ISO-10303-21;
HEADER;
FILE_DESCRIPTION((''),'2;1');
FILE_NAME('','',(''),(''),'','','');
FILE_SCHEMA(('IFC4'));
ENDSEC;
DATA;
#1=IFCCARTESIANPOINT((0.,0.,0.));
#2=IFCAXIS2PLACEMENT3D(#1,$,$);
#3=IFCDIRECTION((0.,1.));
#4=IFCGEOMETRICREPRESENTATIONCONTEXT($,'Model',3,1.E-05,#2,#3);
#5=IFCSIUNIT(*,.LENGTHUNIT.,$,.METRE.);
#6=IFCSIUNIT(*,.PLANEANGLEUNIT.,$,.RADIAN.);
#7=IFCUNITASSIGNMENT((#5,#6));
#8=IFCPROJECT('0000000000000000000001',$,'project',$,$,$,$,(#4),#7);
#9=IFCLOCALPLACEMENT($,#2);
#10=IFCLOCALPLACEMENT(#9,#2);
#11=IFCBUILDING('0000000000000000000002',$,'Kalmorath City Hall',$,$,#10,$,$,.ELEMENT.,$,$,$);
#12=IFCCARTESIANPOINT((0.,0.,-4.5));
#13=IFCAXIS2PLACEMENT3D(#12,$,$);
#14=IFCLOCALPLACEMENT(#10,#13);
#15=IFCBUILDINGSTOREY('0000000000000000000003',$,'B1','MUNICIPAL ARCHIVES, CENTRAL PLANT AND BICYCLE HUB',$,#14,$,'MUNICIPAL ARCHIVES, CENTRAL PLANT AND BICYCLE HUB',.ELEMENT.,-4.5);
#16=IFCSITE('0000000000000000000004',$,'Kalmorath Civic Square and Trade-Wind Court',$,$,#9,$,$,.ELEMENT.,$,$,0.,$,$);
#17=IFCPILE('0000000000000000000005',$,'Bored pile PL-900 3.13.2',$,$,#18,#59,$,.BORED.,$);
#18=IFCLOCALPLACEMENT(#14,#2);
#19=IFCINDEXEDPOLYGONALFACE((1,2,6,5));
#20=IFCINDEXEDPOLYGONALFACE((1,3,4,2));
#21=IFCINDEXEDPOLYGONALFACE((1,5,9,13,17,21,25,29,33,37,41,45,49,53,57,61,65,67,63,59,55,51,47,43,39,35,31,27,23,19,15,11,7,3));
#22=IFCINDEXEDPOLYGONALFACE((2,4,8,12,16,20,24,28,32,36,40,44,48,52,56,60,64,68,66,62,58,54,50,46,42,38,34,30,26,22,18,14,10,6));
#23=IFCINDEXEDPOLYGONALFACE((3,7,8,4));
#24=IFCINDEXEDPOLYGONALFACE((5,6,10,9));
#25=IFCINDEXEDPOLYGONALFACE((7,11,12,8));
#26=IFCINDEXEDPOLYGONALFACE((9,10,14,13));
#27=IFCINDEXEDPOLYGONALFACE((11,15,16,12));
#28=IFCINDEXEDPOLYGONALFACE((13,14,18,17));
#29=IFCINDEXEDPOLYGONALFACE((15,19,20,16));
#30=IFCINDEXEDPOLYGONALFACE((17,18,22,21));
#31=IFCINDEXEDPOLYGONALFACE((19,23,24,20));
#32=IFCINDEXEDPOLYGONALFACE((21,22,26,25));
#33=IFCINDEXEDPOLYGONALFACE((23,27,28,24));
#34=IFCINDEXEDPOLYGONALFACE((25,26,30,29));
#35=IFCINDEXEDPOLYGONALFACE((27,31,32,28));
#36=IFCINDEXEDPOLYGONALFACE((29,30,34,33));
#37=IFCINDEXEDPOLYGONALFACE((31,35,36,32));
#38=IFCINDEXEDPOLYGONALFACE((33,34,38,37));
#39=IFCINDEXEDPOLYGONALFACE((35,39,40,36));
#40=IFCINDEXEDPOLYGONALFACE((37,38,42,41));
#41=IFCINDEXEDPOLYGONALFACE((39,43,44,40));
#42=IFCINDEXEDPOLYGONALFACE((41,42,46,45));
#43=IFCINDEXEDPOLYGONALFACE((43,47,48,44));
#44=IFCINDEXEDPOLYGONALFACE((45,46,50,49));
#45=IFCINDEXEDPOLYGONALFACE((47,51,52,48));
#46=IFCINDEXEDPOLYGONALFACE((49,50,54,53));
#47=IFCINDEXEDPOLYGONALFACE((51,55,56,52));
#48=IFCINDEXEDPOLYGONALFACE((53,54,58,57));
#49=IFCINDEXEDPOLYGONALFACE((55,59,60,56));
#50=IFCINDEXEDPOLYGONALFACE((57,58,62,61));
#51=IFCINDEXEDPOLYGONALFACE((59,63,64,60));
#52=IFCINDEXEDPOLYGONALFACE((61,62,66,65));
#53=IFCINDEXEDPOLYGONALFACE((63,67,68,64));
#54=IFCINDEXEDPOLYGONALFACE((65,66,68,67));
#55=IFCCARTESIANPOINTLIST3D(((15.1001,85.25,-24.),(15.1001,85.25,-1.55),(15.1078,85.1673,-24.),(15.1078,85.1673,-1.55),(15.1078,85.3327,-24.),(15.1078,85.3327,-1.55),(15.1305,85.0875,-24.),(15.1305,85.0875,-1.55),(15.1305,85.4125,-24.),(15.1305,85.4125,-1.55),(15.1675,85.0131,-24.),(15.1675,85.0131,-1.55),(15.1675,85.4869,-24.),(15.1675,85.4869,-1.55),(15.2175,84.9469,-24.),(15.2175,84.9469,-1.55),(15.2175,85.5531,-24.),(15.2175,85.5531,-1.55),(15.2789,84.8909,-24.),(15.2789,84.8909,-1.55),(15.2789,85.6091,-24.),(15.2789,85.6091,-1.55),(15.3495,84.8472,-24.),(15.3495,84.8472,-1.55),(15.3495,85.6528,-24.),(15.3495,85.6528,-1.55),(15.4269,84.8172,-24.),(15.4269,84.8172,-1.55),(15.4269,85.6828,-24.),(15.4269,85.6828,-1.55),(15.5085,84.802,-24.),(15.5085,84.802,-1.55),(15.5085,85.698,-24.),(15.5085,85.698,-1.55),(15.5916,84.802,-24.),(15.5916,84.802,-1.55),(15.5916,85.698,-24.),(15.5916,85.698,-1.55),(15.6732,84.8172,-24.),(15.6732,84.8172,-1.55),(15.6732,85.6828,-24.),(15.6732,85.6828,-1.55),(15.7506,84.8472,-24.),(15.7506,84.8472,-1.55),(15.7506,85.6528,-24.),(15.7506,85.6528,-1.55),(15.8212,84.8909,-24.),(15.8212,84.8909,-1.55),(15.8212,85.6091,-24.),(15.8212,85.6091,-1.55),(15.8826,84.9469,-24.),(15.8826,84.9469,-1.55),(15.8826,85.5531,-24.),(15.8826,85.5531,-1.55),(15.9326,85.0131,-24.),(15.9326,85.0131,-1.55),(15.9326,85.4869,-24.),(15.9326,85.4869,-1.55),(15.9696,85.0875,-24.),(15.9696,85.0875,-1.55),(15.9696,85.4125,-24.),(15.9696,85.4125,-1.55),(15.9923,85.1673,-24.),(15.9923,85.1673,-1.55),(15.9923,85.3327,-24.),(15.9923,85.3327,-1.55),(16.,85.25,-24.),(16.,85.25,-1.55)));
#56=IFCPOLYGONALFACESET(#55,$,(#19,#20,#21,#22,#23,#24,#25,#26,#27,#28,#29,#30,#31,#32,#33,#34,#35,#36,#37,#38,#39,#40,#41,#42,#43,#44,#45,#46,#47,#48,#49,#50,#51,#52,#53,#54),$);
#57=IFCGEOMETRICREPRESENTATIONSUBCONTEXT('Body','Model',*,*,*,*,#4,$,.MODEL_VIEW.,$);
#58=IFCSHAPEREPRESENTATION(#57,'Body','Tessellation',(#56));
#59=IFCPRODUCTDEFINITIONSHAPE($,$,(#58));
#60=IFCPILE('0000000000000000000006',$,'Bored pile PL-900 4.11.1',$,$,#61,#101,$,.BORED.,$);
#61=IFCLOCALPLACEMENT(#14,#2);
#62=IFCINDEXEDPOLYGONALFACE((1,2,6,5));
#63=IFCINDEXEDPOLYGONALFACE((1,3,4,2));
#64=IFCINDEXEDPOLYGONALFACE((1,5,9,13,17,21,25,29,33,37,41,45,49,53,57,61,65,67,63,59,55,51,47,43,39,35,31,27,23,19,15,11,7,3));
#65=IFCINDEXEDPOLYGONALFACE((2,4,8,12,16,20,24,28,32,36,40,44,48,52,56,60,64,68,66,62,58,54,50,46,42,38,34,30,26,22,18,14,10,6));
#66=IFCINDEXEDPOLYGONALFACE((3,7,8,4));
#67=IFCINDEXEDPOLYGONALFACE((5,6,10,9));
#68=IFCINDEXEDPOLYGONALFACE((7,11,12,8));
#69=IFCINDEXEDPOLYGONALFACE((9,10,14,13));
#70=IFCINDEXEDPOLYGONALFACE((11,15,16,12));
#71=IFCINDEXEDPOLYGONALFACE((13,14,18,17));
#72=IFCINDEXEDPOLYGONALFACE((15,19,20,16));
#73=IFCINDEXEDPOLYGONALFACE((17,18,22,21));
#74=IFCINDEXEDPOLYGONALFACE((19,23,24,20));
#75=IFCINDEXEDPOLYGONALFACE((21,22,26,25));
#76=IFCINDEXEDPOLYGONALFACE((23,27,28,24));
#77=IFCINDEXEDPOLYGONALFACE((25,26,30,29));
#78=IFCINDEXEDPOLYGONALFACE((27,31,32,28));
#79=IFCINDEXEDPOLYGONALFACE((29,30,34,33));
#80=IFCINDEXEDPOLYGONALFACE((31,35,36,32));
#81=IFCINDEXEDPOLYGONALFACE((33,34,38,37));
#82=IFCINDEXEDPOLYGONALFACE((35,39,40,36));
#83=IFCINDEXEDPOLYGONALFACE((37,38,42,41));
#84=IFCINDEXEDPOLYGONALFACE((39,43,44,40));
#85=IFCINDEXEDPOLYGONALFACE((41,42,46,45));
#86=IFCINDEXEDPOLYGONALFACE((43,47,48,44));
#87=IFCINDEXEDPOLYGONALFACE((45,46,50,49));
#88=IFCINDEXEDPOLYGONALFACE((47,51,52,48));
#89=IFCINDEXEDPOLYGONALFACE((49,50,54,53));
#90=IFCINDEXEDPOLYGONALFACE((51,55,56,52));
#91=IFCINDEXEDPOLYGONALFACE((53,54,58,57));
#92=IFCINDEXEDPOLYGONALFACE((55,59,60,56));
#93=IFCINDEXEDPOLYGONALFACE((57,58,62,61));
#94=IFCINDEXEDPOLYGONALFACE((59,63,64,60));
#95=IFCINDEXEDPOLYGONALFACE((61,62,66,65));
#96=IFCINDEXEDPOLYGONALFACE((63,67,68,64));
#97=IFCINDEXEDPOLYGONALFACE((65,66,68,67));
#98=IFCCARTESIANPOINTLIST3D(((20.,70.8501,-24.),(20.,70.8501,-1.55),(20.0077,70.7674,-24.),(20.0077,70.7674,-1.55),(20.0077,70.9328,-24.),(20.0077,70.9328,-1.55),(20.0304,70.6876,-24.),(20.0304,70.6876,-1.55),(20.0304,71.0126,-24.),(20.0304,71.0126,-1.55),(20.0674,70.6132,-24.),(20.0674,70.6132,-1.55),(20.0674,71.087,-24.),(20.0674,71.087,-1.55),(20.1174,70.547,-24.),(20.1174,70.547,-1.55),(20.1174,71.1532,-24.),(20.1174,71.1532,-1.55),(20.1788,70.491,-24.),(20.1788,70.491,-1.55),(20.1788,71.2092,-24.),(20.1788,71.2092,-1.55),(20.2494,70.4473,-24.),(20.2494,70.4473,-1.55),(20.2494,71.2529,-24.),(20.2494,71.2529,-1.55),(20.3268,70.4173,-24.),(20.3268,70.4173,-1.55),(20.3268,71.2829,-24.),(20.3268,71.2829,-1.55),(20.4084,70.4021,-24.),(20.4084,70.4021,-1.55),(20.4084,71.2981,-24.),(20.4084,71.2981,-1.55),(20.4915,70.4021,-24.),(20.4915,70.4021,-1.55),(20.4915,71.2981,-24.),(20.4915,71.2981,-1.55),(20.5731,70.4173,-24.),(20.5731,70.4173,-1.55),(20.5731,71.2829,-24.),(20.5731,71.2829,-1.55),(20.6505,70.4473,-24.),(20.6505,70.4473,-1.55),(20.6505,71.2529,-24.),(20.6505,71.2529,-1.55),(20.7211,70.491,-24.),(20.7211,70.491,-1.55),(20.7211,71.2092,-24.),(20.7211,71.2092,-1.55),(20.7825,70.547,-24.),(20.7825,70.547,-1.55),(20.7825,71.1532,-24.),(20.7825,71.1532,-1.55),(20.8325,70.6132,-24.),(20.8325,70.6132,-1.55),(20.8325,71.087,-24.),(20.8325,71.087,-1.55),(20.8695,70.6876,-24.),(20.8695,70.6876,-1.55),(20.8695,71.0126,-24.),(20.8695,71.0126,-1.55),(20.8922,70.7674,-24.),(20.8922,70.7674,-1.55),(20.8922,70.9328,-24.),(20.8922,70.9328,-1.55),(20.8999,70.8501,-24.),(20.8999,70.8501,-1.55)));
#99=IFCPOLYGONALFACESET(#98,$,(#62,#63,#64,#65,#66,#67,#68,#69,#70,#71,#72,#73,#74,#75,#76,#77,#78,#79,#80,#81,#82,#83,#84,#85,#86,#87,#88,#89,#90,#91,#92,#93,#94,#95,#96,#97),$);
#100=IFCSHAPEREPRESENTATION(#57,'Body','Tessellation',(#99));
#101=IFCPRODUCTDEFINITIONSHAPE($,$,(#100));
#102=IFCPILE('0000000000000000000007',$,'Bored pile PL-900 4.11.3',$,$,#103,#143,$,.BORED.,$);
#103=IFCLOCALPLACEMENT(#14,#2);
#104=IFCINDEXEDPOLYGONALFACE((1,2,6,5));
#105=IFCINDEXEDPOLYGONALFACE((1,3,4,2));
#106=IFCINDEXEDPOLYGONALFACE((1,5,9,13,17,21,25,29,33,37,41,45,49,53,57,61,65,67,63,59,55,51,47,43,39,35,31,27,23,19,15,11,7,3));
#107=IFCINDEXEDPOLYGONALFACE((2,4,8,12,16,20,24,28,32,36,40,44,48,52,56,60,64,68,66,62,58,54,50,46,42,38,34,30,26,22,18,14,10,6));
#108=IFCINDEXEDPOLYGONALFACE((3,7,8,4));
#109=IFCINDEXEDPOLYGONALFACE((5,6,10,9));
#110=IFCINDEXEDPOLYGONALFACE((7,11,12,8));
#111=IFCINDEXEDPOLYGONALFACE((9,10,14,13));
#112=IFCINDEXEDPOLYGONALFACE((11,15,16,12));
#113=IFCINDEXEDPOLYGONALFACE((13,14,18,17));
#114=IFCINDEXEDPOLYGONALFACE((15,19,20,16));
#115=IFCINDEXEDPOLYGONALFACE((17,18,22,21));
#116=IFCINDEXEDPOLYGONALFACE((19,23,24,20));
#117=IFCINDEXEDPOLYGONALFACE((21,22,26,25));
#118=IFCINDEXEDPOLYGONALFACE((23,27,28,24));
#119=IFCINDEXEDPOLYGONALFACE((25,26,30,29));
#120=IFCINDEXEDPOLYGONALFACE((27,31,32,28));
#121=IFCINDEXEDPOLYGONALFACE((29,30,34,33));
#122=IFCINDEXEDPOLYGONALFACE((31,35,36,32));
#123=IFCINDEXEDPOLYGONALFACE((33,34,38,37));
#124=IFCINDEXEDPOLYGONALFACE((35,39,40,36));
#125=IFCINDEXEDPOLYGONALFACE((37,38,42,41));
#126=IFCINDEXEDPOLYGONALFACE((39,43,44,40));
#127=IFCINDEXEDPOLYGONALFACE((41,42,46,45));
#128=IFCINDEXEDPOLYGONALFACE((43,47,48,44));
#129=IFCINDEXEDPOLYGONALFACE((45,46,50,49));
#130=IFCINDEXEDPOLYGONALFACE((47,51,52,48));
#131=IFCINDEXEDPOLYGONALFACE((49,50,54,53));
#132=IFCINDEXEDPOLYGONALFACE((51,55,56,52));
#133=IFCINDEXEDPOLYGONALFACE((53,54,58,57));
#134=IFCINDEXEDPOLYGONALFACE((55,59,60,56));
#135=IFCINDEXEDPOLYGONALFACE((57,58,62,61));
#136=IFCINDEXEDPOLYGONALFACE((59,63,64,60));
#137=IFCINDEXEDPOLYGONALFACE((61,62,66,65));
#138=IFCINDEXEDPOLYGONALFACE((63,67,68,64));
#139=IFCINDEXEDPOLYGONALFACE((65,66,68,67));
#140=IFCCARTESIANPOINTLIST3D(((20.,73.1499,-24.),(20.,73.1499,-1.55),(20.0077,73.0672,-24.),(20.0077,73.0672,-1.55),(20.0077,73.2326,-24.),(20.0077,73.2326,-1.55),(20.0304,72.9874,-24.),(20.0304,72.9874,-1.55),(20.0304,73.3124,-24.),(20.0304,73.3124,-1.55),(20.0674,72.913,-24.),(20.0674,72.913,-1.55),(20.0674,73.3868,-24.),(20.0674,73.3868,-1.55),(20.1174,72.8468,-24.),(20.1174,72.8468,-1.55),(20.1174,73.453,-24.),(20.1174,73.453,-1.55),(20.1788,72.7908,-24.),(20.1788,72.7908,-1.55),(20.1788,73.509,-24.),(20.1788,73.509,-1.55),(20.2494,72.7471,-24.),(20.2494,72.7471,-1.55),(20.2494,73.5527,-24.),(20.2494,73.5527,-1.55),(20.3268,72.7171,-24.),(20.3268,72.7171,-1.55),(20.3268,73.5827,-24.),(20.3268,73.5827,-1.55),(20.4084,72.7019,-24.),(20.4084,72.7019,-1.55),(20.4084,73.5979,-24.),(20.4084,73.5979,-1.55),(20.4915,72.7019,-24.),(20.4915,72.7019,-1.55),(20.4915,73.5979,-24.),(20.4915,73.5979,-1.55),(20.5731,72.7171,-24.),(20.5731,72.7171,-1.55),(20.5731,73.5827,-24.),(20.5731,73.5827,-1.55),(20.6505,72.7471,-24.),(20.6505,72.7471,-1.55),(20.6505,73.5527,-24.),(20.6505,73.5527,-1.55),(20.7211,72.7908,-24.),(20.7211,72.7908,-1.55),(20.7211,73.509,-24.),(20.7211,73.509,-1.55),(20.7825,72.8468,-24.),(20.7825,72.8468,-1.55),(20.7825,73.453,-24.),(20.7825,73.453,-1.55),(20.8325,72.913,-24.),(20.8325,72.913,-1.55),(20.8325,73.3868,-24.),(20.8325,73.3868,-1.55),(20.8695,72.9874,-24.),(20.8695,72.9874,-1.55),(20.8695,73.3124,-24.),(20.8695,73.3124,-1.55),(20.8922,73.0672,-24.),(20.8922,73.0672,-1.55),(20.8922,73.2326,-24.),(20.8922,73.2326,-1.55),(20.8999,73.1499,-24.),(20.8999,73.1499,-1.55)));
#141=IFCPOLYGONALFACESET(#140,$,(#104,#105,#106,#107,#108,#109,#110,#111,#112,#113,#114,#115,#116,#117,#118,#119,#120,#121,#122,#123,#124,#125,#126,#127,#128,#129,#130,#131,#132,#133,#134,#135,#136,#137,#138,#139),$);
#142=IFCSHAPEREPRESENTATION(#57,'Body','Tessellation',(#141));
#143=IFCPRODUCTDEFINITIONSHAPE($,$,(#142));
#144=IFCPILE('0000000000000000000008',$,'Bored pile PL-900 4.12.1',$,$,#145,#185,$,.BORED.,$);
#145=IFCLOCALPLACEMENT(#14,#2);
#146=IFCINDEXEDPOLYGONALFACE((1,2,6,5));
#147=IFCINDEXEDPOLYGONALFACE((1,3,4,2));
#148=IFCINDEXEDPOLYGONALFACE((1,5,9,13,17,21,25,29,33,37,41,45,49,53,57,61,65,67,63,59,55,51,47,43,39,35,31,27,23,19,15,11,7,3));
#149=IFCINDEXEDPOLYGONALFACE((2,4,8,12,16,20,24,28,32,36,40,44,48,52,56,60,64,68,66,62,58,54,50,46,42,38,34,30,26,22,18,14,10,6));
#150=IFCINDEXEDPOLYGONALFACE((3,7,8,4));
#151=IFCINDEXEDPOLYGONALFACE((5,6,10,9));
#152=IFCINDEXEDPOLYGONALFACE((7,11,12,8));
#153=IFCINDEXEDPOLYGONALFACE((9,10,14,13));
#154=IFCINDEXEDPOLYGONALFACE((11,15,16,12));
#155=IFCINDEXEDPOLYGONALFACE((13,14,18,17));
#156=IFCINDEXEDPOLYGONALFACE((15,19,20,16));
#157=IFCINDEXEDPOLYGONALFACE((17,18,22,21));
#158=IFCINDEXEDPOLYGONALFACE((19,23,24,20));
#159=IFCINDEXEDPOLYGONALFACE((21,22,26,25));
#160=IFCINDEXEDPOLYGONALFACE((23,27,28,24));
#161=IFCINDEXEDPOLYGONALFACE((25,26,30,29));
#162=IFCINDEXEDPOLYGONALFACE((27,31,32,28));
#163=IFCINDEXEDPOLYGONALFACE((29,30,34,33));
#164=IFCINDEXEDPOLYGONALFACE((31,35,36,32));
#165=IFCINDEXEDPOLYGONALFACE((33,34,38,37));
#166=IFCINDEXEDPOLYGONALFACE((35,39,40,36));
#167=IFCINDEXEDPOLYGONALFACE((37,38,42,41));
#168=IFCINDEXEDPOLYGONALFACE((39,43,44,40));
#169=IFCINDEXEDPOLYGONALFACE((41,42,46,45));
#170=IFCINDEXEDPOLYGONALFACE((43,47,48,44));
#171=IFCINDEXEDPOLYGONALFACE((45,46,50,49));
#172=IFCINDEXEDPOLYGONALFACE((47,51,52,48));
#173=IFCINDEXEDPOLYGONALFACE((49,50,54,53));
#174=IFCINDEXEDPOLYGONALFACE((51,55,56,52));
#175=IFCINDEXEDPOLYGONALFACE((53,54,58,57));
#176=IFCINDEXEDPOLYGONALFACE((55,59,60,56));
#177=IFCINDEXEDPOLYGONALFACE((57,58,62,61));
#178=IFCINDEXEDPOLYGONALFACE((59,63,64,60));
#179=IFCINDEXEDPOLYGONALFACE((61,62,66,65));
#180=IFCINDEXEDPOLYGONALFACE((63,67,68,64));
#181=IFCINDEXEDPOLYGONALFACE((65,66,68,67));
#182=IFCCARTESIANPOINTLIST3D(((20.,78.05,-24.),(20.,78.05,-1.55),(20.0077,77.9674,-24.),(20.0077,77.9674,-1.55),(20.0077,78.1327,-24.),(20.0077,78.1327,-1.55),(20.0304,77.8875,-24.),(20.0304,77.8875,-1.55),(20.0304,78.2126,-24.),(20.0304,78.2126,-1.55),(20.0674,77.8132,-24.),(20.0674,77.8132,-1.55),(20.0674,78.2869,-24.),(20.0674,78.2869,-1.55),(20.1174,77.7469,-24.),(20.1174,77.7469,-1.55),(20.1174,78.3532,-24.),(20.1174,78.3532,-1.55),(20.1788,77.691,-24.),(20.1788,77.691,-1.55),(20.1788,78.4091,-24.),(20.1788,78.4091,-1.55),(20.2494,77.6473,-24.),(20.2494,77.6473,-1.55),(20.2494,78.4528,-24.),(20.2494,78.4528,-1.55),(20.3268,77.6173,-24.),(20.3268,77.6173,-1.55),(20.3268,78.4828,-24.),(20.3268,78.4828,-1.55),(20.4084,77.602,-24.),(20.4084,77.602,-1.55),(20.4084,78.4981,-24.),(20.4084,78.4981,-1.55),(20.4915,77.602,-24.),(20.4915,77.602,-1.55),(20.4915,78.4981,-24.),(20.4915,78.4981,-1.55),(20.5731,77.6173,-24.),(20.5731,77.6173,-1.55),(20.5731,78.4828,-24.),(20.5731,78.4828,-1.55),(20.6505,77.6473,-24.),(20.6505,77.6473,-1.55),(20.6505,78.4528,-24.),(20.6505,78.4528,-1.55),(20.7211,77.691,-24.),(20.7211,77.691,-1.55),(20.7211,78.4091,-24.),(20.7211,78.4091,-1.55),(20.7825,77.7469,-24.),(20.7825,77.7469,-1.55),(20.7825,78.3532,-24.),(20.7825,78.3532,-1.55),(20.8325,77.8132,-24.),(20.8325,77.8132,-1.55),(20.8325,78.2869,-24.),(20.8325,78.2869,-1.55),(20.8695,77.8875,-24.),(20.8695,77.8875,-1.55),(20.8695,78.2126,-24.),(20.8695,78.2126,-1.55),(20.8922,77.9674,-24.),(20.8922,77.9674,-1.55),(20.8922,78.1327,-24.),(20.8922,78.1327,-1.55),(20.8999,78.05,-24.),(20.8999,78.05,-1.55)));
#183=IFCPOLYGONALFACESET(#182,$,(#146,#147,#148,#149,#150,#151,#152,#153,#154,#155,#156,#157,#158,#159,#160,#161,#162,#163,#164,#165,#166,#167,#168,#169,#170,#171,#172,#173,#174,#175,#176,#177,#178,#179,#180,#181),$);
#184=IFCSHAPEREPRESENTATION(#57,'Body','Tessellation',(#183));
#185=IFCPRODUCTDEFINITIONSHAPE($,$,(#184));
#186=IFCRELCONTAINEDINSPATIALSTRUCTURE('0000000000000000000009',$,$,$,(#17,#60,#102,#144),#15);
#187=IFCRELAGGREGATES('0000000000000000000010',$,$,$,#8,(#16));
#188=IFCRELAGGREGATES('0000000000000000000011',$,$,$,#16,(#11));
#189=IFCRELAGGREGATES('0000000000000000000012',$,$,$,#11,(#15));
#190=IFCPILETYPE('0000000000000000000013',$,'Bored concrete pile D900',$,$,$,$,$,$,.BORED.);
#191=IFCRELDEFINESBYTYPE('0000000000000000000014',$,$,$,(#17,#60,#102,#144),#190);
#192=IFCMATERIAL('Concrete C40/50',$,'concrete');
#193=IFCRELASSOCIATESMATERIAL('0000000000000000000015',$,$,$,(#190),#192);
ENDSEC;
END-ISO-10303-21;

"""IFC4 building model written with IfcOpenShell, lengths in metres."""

from ifc_helpers import new_model, si_unit, direction, frame, origin, origin_2d, place, context, subcontext, project, spatial, circle, extrude, material, material_profile, profile_set, type_object, element, save


model = new_model("IFC4")

# Units and contexts
model_context = context("Model", 3, precision=1e-05, world=origin(), true_north=direction((0.0, 1.0)))
body_context = subcontext(model_context, "Body", "Model", "MODEL_VIEW")
ifc_project = project(units=[si_unit("LENGTHUNIT", "METRE"), si_unit("PLANEANGLEUNIT", "RADIAN")], contexts=[model_context])

# Site, building, storey
site_placement = place(None, origin())
site = spatial("IfcSite", under=ifc_project, at=site_placement, Name="Kalmorath Civic Square and Trade-Wind Court", CompositionType="ELEMENT", RefElevation=0.0)
building_placement = place(site_placement, origin())
building = spatial("IfcBuilding", under=site, at=building_placement, Name="Kalmorath City Hall", CompositionType="ELEMENT")
storey_placement = place(building_placement, frame((0.0, 0.0, -4.5)))
storey = spatial("IfcBuildingStorey", under=building, at=storey_placement, Name="B1", Description="MUNICIPAL ARCHIVES, CENTRAL PLANT AND BICYCLE HUB", LongName="MUNICIPAL ARCHIVES, CENTRAL PLANT AND BICYCLE HUB", CompositionType="ELEMENT", Elevation=-4.5)

# Piles
ifc_material_1 = material(Name="Concrete C40/50", Category="concrete")
ifc_material_profile_1 = material_profile(ifc_material_1, circle(Radius=0.45, at=origin_2d()), Name="PILE-D900")
ifc_profile_set_1 = profile_set([ifc_material_profile_1], Name="Concrete C40/50")
pile_type = type_object("IfcPileType", Name="Bored concrete pile D900", PredefinedType="BORED", material=ifc_profile_set_1)
for number, where, z_axis, x_axis, name in (
    (1, (15.55, 85.25, -1.55), (0.0, 0.0, -1.0), (1.0, 0.0, 0.0), "Bored pile PL-900 3.13.2"),
    (2, (20.45, 70.8501, -1.55), (0.0, 0.0, -1.0), (1.0, 0.0, 0.0), "Bored pile PL-900 4.11.1"),
    (3, (20.45, 73.1499, -1.55), (0.0, 0.0, -1.0), (1.0, 0.0, 0.0), "Bored pile PL-900 4.11.3"),
    (4, (20.45, 78.05, -1.55), (0.0, 0.0, -1.0), (1.0, 0.0, 0.0), "Bored pile PL-900 4.12.1"),
):
    element("IfcPile", number, at=place(storey_placement, frame(where, z_axis=z_axis, x_axis=x_axis)), inside=storey, type_object=pile_type, Name=name, PredefinedType="BORED", context=body_context, shape_type="SweptSolid", body=[
        extrude(circle(Radius=0.45, at=origin_2d()), origin(), (0.0, 0.0, 1.0), 22.45),
    ])

save(model, "model.ifc")
